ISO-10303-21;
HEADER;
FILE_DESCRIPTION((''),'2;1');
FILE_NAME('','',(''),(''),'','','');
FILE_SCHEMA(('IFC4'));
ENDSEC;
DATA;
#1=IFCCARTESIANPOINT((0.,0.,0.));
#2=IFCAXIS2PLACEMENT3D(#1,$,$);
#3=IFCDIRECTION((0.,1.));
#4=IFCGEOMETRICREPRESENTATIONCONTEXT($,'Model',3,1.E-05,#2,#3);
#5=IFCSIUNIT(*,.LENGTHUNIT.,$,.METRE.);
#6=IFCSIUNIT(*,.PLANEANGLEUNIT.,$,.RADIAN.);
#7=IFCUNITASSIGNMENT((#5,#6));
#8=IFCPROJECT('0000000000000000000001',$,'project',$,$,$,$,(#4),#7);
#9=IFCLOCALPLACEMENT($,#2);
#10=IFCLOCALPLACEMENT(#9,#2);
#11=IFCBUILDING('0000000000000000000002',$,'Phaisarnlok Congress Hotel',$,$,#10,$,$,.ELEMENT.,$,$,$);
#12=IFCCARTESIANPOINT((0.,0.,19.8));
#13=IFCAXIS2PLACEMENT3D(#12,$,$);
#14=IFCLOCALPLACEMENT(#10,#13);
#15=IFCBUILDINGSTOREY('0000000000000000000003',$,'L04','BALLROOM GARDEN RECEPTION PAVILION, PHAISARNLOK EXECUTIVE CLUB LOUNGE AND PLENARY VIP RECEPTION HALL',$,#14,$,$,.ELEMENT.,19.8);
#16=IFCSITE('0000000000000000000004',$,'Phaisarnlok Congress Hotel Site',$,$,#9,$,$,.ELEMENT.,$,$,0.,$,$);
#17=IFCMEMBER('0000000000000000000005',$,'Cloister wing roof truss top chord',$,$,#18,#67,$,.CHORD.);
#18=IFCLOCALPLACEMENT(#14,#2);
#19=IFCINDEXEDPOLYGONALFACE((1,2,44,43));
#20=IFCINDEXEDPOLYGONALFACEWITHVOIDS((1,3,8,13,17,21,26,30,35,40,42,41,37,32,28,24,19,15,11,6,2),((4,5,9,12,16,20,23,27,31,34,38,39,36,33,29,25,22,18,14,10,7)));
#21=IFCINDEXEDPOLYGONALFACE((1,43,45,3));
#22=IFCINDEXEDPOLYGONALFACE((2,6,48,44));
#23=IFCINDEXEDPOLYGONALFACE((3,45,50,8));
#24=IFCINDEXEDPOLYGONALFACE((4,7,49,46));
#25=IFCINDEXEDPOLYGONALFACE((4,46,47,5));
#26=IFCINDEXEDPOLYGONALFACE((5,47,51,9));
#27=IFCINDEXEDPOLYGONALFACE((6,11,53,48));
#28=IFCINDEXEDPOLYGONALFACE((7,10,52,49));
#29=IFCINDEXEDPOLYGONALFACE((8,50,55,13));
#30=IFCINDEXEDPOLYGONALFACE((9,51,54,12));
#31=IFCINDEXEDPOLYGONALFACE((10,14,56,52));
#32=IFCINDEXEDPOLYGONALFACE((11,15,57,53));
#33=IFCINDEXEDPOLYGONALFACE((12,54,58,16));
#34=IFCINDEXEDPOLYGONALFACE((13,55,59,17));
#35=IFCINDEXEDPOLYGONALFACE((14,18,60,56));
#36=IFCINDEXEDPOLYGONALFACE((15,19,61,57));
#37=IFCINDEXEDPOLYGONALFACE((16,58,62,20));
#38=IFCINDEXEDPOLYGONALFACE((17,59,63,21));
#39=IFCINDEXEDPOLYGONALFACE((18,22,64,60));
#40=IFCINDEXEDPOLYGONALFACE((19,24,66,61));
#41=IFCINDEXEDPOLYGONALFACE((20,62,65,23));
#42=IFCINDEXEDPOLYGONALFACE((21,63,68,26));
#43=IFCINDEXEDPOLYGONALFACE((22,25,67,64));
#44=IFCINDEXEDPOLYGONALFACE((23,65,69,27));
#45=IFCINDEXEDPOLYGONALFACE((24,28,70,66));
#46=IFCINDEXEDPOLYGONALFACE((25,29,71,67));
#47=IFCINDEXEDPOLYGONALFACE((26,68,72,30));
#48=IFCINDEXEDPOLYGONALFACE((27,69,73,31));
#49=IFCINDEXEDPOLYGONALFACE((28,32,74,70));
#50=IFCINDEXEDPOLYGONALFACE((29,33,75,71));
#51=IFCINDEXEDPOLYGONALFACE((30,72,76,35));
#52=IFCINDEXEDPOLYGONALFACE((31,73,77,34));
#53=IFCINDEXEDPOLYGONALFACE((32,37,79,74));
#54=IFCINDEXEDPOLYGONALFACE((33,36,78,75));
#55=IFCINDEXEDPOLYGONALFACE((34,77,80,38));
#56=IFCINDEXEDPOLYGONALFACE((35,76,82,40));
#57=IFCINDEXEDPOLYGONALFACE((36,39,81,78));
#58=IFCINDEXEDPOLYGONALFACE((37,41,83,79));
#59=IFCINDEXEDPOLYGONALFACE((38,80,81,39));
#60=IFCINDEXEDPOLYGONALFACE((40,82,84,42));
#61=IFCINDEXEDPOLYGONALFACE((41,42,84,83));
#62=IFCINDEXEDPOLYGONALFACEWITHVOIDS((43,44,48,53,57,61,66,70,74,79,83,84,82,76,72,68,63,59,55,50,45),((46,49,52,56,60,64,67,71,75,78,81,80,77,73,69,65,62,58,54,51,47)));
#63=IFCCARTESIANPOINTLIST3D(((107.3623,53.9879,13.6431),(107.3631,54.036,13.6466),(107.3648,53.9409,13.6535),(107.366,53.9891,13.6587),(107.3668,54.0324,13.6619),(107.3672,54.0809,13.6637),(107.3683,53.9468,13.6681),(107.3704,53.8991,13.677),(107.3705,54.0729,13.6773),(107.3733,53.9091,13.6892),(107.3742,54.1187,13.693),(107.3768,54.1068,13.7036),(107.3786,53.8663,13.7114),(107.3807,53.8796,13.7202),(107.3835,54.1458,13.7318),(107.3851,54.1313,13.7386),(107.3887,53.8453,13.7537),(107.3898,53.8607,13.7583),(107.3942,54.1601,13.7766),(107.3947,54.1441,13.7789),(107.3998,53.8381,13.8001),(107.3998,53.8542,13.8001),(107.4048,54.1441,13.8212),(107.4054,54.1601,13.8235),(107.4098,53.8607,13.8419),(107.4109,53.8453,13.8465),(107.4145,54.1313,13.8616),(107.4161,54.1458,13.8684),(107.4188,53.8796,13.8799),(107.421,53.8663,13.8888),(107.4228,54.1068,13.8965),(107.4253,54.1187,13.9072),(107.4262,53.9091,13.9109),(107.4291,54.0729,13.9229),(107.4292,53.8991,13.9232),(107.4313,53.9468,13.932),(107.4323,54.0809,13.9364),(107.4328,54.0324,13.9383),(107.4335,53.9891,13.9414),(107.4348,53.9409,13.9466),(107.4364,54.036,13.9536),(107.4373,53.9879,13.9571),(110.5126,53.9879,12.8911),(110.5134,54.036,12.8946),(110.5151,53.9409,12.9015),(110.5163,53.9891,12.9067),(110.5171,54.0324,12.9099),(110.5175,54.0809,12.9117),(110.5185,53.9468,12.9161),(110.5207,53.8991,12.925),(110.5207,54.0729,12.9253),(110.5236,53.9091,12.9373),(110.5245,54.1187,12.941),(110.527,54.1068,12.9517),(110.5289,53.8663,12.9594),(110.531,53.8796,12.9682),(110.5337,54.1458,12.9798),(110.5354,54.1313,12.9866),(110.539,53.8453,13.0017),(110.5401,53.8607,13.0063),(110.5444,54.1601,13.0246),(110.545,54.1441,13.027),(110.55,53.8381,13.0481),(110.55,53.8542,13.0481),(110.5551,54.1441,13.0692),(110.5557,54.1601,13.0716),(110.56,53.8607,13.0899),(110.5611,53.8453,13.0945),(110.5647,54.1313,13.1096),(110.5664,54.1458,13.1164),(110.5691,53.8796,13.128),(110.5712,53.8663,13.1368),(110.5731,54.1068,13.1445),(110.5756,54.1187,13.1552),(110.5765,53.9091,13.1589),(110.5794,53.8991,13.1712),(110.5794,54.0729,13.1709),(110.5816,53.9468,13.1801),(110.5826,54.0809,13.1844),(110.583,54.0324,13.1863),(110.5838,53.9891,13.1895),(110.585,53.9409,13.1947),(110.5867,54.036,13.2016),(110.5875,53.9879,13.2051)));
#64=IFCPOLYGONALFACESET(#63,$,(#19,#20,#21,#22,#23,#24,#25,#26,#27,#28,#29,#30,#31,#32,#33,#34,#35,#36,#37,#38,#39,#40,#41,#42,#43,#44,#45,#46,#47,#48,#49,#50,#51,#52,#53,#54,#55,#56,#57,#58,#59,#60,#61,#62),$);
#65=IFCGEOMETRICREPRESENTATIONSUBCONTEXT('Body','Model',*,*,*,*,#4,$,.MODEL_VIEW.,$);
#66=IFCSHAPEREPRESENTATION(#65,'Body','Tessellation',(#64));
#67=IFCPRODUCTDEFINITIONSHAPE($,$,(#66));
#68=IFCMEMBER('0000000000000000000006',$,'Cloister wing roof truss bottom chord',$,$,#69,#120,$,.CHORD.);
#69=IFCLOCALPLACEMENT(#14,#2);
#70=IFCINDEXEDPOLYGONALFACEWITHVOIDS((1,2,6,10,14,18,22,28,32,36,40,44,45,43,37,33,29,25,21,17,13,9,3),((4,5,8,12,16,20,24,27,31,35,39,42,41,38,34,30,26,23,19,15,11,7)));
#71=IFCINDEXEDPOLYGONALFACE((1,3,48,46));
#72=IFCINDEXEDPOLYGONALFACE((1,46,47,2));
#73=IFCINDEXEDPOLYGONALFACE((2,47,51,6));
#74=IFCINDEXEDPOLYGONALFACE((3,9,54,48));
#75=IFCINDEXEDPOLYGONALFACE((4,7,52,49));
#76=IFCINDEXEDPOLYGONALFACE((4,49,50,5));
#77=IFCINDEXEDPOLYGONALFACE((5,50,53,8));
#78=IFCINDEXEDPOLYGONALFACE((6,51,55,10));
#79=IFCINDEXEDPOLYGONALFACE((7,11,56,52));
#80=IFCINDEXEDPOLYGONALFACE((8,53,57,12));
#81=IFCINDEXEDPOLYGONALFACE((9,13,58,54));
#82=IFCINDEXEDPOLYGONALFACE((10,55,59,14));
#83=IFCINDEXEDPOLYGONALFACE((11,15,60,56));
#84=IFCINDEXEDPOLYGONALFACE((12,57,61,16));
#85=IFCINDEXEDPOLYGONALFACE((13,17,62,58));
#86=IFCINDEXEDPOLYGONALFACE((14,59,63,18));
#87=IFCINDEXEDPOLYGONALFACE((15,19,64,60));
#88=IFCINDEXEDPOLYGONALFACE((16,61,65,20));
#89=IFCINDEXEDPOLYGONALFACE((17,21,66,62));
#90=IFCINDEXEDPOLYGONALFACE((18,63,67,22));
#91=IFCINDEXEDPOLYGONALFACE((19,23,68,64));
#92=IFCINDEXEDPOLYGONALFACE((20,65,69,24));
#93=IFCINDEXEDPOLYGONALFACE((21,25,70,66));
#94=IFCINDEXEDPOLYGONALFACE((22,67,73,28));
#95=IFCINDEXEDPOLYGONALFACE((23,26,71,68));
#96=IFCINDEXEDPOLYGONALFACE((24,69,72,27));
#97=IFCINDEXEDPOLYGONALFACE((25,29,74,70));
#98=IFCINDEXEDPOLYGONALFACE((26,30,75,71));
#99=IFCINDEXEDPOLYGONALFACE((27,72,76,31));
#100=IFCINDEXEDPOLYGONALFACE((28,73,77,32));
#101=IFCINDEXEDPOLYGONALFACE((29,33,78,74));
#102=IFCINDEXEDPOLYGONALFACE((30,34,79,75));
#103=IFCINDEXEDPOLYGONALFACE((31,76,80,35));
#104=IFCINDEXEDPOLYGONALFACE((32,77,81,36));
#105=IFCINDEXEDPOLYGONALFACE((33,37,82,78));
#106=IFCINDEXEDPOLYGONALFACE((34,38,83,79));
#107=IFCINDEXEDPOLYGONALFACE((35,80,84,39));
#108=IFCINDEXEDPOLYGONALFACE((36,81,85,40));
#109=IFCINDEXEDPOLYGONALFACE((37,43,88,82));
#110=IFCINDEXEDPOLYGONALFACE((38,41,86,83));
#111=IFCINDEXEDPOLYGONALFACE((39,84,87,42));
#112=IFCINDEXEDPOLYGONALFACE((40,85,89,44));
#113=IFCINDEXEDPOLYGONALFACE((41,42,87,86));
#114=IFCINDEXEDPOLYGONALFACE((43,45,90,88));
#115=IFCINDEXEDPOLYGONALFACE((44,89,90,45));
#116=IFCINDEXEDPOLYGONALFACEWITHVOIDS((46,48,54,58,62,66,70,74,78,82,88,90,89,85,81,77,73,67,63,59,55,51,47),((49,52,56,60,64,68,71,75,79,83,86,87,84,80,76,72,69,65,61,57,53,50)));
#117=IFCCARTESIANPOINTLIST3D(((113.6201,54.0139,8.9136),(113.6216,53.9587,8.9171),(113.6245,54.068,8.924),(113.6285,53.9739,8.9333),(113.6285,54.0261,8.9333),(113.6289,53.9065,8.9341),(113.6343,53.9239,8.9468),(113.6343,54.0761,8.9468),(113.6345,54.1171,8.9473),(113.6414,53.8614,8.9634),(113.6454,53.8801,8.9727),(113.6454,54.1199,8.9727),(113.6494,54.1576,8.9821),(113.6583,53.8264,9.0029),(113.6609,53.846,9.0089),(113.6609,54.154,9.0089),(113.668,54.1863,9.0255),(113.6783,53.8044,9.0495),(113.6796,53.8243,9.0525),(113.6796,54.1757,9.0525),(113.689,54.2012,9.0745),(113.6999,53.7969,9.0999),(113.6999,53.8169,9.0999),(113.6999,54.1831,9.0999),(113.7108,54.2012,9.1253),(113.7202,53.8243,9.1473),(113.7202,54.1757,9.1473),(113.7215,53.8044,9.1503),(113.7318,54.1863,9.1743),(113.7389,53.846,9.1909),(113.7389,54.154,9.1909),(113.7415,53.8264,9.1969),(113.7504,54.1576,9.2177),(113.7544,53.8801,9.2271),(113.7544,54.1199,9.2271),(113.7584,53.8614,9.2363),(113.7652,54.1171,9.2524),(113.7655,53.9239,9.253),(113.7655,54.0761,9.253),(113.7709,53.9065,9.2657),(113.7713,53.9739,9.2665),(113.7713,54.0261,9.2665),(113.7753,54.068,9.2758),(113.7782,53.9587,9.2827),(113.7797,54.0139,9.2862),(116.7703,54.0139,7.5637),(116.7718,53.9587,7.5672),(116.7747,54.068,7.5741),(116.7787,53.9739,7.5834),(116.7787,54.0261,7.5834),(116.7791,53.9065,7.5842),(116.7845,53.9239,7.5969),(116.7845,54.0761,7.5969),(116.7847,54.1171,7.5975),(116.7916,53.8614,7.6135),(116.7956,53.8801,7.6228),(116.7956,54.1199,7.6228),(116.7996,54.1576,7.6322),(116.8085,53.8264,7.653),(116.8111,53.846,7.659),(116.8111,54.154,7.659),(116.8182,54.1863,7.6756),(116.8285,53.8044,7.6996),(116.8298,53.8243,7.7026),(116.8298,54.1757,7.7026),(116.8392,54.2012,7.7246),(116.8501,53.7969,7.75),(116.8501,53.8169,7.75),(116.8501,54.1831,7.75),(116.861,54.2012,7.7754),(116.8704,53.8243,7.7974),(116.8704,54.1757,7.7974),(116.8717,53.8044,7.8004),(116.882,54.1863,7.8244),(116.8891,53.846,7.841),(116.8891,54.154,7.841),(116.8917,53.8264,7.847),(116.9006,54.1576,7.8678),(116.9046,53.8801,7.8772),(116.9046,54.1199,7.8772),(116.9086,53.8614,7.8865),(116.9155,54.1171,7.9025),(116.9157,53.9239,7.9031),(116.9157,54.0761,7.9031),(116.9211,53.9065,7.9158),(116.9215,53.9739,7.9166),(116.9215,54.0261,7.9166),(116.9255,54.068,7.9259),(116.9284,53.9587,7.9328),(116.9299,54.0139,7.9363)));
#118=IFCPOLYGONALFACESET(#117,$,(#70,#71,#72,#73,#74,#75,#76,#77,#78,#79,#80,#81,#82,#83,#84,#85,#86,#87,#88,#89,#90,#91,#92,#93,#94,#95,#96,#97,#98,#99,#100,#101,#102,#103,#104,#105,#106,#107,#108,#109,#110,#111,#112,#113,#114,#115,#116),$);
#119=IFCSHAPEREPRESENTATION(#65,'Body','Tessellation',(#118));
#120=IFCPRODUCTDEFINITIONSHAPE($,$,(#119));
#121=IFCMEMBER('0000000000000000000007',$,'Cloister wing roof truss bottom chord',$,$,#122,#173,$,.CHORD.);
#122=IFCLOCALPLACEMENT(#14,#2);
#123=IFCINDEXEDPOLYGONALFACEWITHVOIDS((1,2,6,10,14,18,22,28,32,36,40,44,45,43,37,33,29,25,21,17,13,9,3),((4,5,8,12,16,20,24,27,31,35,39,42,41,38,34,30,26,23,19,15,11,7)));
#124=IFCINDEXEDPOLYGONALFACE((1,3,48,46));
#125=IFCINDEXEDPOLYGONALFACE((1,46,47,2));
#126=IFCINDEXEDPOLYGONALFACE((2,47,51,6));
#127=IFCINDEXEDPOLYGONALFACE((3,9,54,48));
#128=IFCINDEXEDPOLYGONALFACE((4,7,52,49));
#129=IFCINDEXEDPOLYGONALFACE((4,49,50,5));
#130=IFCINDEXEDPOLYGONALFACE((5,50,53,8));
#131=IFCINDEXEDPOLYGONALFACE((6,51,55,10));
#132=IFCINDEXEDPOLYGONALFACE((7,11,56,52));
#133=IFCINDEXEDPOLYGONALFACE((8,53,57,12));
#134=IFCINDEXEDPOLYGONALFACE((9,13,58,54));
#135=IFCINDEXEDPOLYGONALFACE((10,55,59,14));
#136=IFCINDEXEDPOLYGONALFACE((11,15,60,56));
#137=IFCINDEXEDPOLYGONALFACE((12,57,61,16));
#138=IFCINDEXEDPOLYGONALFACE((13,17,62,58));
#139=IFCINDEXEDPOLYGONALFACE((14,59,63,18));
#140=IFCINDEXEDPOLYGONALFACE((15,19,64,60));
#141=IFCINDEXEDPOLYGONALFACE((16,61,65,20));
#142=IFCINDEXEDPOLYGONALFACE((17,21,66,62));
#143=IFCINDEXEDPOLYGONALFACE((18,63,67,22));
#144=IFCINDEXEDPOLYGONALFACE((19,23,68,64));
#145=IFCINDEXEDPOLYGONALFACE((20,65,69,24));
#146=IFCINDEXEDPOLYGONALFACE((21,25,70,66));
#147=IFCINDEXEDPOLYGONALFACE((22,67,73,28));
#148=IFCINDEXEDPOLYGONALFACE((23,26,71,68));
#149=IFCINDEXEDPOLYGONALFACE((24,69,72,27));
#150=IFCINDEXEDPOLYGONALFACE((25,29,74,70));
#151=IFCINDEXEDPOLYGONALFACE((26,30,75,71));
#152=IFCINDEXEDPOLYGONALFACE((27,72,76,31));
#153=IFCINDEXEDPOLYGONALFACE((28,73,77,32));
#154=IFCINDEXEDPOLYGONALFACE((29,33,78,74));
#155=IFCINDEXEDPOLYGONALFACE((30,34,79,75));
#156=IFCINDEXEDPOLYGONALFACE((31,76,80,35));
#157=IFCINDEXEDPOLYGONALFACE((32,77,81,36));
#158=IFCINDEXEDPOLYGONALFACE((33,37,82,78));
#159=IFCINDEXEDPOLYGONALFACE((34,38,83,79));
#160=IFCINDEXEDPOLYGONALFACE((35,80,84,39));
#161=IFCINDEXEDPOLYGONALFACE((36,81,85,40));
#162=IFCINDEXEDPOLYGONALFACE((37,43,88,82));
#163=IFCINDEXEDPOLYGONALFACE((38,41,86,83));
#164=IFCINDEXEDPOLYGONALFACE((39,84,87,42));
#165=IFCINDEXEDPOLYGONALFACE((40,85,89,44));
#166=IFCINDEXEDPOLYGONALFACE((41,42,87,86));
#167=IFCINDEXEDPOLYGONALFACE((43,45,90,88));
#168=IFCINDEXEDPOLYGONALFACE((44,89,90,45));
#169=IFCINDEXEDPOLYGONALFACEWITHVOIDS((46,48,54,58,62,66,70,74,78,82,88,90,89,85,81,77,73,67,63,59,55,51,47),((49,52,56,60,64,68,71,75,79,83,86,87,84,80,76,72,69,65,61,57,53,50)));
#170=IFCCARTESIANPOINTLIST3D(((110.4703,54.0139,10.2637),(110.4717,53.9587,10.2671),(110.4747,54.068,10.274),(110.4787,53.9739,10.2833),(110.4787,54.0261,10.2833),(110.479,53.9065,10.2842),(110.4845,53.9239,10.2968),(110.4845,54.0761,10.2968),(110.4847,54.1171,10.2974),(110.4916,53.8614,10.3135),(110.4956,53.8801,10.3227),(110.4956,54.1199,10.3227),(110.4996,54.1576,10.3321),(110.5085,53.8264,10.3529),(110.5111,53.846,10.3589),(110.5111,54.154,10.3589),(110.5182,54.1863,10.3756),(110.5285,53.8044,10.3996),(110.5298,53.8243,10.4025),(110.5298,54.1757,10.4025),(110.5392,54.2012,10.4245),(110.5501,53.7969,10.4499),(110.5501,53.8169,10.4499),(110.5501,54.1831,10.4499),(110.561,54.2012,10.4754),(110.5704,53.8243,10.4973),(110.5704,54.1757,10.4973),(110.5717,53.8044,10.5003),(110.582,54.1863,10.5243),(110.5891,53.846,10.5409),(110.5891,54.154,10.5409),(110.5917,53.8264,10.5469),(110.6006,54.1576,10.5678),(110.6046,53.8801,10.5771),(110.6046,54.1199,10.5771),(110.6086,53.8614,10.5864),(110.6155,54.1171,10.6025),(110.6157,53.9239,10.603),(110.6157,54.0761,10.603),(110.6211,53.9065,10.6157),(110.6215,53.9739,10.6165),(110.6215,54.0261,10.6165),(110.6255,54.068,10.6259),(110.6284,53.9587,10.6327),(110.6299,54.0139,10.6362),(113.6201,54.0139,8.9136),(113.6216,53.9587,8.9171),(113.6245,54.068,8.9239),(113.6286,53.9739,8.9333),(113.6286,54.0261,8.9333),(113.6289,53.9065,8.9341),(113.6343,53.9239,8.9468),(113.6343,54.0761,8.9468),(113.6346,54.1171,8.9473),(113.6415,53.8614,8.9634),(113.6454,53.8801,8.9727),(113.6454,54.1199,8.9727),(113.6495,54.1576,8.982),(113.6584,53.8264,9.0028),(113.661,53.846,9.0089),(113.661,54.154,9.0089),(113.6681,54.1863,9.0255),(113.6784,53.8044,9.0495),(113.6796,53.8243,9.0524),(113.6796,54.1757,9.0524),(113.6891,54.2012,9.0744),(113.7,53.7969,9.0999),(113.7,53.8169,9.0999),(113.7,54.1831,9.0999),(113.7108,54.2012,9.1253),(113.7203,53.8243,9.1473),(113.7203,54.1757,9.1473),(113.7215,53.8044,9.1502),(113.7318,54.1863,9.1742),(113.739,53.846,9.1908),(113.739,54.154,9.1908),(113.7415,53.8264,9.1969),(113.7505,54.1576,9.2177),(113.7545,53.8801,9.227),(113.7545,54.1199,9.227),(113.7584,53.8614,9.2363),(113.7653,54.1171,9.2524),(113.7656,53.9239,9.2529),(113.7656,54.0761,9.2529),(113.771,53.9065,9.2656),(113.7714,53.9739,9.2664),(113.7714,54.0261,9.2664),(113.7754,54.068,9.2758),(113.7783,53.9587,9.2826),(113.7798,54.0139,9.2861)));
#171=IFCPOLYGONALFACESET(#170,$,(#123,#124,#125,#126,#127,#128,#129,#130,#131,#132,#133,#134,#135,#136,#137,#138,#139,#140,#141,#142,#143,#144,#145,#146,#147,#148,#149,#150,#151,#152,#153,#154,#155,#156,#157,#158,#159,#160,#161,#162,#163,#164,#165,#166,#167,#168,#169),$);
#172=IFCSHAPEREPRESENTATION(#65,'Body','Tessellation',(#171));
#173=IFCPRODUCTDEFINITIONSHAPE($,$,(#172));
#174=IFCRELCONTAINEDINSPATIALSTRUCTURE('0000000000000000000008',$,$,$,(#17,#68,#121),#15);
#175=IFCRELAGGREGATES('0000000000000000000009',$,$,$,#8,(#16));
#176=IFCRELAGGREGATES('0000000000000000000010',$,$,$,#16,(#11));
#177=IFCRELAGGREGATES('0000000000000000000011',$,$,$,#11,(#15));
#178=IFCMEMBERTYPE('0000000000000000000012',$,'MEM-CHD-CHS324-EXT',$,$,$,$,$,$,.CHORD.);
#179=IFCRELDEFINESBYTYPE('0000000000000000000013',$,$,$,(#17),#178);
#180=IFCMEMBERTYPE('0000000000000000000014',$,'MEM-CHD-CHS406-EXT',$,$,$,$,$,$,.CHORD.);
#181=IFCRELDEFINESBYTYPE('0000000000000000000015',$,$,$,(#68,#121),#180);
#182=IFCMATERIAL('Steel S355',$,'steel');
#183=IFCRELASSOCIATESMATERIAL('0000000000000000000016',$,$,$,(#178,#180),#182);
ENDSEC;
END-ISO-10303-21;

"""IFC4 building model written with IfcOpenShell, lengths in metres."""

from ifc_helpers import new_model, si_unit, direction, frame, origin, origin_2d, place, context, subcontext, project, spatial, hollow_circle, extrude, material, material_profile, profile_set, type_object, element, save


model = new_model("IFC4")

# Units and contexts
model_context = context("Model", 3, precision=1e-05, world=origin(), true_north=direction((0.0, 1.0)))
body_context = subcontext(model_context, "Body", "Model", "MODEL_VIEW")
ifc_project = project(units=[si_unit("LENGTHUNIT", "METRE"), si_unit("PLANEANGLEUNIT", "RADIAN")], contexts=[model_context])

# Site, building, storey
site_placement = place(None, origin())
site = spatial("IfcSite", under=ifc_project, at=site_placement, Name="Phaisarnlok Congress Hotel Site", CompositionType="ELEMENT", RefElevation=0.0)
building_placement = place(site_placement, origin())
building = spatial("IfcBuilding", under=site, at=building_placement, Name="Phaisarnlok Congress Hotel", CompositionType="ELEMENT")
storey_placement = place(building_placement, frame((0.0, 0.0, 19.8)))
storey = spatial("IfcBuildingStorey", under=building, at=storey_placement, Name="L04", Description="BALLROOM GARDEN RECEPTION PAVILION, PHAISARNLOK EXECUTIVE CLUB LOUNGE AND PLENARY VIP RECEPTION HALL", CompositionType="ELEMENT", Elevation=19.8)

# Shared definitions
ifc_material_1 = material(Name="Steel S355", Category="steel")

# Members
ifc_material_profile_1 = material_profile(ifc_material_1, hollow_circle(Radius=0.1619, WallThickness=0.0161, at=origin_2d()), Name="CHS 323.9x16")
ifc_profile_set_1 = profile_set([ifc_material_profile_1], Name="Steel S355")
member_type_1 = type_object("IfcMemberType", Name="MEM-CHD-CHS324-EXT", PredefinedType="CHORD", material=ifc_profile_set_1)
member_1_placement = place(storey_placement, frame((110.55, 54.0, 13.0481), z_axis=(-0.972673, 0.0, 0.232181), x_axis=(0.0, -1.0, 0.0)))
element("IfcMember", 1, at=member_1_placement, inside=storey, type_object=member_type_1, Name="Cloister wing roof truss top chord", PredefinedType="CHORD", context=body_context, shape_type="SweptSolid", body=[
    extrude(hollow_circle(Radius=0.1619, WallThickness=0.0161, at=origin_2d()), origin(), (0.0, 0.0, 1.0), 3.2388),
])
ifc_material_profile_2 = material_profile(ifc_material_1, hollow_circle(Radius=0.2031, WallThickness=0.02, at=origin_2d()), Name="CHS 406.4x20")
ifc_profile_set_2 = profile_set([ifc_material_profile_2], Name="Steel S355")
member_type_2 = type_object("IfcMemberType", Name="MEM-CHD-CHS406-EXT", PredefinedType="CHORD", material=ifc_profile_set_2)
member_2_placement = place(storey_placement, frame((116.8501, 54.0, 7.75), z_axis=(-0.919167, 0.0, 0.393868), x_axis=(0.0, -1.0, 0.0)))
element("IfcMember", 2, at=member_2_placement, inside=storey, type_object=member_type_2, Name="Cloister wing roof truss bottom chord", PredefinedType="CHORD", context=body_context, shape_type="SweptSolid", body=[
    extrude(hollow_circle(Radius=0.2031, WallThickness=0.02, at=origin_2d()), origin(), (0.0, 0.0, 1.0), 3.4272),
])
member_3_placement = place(storey_placement, frame((113.7, 54.0, 9.0999), z_axis=(-0.91913, 0.0, 0.393954), x_axis=(0.0, -1.0, 0.0)))
element("IfcMember", 3, at=member_3_placement, inside=storey, type_object=member_type_2, Name="Cloister wing roof truss bottom chord", PredefinedType="CHORD", context=body_context, shape_type="SweptSolid", body=[
    extrude(hollow_circle(Radius=0.2031, WallThickness=0.02, at=origin_2d()), origin(), (0.0, 0.0, 1.0), 3.427),
])

save(model, "model.ifc")
